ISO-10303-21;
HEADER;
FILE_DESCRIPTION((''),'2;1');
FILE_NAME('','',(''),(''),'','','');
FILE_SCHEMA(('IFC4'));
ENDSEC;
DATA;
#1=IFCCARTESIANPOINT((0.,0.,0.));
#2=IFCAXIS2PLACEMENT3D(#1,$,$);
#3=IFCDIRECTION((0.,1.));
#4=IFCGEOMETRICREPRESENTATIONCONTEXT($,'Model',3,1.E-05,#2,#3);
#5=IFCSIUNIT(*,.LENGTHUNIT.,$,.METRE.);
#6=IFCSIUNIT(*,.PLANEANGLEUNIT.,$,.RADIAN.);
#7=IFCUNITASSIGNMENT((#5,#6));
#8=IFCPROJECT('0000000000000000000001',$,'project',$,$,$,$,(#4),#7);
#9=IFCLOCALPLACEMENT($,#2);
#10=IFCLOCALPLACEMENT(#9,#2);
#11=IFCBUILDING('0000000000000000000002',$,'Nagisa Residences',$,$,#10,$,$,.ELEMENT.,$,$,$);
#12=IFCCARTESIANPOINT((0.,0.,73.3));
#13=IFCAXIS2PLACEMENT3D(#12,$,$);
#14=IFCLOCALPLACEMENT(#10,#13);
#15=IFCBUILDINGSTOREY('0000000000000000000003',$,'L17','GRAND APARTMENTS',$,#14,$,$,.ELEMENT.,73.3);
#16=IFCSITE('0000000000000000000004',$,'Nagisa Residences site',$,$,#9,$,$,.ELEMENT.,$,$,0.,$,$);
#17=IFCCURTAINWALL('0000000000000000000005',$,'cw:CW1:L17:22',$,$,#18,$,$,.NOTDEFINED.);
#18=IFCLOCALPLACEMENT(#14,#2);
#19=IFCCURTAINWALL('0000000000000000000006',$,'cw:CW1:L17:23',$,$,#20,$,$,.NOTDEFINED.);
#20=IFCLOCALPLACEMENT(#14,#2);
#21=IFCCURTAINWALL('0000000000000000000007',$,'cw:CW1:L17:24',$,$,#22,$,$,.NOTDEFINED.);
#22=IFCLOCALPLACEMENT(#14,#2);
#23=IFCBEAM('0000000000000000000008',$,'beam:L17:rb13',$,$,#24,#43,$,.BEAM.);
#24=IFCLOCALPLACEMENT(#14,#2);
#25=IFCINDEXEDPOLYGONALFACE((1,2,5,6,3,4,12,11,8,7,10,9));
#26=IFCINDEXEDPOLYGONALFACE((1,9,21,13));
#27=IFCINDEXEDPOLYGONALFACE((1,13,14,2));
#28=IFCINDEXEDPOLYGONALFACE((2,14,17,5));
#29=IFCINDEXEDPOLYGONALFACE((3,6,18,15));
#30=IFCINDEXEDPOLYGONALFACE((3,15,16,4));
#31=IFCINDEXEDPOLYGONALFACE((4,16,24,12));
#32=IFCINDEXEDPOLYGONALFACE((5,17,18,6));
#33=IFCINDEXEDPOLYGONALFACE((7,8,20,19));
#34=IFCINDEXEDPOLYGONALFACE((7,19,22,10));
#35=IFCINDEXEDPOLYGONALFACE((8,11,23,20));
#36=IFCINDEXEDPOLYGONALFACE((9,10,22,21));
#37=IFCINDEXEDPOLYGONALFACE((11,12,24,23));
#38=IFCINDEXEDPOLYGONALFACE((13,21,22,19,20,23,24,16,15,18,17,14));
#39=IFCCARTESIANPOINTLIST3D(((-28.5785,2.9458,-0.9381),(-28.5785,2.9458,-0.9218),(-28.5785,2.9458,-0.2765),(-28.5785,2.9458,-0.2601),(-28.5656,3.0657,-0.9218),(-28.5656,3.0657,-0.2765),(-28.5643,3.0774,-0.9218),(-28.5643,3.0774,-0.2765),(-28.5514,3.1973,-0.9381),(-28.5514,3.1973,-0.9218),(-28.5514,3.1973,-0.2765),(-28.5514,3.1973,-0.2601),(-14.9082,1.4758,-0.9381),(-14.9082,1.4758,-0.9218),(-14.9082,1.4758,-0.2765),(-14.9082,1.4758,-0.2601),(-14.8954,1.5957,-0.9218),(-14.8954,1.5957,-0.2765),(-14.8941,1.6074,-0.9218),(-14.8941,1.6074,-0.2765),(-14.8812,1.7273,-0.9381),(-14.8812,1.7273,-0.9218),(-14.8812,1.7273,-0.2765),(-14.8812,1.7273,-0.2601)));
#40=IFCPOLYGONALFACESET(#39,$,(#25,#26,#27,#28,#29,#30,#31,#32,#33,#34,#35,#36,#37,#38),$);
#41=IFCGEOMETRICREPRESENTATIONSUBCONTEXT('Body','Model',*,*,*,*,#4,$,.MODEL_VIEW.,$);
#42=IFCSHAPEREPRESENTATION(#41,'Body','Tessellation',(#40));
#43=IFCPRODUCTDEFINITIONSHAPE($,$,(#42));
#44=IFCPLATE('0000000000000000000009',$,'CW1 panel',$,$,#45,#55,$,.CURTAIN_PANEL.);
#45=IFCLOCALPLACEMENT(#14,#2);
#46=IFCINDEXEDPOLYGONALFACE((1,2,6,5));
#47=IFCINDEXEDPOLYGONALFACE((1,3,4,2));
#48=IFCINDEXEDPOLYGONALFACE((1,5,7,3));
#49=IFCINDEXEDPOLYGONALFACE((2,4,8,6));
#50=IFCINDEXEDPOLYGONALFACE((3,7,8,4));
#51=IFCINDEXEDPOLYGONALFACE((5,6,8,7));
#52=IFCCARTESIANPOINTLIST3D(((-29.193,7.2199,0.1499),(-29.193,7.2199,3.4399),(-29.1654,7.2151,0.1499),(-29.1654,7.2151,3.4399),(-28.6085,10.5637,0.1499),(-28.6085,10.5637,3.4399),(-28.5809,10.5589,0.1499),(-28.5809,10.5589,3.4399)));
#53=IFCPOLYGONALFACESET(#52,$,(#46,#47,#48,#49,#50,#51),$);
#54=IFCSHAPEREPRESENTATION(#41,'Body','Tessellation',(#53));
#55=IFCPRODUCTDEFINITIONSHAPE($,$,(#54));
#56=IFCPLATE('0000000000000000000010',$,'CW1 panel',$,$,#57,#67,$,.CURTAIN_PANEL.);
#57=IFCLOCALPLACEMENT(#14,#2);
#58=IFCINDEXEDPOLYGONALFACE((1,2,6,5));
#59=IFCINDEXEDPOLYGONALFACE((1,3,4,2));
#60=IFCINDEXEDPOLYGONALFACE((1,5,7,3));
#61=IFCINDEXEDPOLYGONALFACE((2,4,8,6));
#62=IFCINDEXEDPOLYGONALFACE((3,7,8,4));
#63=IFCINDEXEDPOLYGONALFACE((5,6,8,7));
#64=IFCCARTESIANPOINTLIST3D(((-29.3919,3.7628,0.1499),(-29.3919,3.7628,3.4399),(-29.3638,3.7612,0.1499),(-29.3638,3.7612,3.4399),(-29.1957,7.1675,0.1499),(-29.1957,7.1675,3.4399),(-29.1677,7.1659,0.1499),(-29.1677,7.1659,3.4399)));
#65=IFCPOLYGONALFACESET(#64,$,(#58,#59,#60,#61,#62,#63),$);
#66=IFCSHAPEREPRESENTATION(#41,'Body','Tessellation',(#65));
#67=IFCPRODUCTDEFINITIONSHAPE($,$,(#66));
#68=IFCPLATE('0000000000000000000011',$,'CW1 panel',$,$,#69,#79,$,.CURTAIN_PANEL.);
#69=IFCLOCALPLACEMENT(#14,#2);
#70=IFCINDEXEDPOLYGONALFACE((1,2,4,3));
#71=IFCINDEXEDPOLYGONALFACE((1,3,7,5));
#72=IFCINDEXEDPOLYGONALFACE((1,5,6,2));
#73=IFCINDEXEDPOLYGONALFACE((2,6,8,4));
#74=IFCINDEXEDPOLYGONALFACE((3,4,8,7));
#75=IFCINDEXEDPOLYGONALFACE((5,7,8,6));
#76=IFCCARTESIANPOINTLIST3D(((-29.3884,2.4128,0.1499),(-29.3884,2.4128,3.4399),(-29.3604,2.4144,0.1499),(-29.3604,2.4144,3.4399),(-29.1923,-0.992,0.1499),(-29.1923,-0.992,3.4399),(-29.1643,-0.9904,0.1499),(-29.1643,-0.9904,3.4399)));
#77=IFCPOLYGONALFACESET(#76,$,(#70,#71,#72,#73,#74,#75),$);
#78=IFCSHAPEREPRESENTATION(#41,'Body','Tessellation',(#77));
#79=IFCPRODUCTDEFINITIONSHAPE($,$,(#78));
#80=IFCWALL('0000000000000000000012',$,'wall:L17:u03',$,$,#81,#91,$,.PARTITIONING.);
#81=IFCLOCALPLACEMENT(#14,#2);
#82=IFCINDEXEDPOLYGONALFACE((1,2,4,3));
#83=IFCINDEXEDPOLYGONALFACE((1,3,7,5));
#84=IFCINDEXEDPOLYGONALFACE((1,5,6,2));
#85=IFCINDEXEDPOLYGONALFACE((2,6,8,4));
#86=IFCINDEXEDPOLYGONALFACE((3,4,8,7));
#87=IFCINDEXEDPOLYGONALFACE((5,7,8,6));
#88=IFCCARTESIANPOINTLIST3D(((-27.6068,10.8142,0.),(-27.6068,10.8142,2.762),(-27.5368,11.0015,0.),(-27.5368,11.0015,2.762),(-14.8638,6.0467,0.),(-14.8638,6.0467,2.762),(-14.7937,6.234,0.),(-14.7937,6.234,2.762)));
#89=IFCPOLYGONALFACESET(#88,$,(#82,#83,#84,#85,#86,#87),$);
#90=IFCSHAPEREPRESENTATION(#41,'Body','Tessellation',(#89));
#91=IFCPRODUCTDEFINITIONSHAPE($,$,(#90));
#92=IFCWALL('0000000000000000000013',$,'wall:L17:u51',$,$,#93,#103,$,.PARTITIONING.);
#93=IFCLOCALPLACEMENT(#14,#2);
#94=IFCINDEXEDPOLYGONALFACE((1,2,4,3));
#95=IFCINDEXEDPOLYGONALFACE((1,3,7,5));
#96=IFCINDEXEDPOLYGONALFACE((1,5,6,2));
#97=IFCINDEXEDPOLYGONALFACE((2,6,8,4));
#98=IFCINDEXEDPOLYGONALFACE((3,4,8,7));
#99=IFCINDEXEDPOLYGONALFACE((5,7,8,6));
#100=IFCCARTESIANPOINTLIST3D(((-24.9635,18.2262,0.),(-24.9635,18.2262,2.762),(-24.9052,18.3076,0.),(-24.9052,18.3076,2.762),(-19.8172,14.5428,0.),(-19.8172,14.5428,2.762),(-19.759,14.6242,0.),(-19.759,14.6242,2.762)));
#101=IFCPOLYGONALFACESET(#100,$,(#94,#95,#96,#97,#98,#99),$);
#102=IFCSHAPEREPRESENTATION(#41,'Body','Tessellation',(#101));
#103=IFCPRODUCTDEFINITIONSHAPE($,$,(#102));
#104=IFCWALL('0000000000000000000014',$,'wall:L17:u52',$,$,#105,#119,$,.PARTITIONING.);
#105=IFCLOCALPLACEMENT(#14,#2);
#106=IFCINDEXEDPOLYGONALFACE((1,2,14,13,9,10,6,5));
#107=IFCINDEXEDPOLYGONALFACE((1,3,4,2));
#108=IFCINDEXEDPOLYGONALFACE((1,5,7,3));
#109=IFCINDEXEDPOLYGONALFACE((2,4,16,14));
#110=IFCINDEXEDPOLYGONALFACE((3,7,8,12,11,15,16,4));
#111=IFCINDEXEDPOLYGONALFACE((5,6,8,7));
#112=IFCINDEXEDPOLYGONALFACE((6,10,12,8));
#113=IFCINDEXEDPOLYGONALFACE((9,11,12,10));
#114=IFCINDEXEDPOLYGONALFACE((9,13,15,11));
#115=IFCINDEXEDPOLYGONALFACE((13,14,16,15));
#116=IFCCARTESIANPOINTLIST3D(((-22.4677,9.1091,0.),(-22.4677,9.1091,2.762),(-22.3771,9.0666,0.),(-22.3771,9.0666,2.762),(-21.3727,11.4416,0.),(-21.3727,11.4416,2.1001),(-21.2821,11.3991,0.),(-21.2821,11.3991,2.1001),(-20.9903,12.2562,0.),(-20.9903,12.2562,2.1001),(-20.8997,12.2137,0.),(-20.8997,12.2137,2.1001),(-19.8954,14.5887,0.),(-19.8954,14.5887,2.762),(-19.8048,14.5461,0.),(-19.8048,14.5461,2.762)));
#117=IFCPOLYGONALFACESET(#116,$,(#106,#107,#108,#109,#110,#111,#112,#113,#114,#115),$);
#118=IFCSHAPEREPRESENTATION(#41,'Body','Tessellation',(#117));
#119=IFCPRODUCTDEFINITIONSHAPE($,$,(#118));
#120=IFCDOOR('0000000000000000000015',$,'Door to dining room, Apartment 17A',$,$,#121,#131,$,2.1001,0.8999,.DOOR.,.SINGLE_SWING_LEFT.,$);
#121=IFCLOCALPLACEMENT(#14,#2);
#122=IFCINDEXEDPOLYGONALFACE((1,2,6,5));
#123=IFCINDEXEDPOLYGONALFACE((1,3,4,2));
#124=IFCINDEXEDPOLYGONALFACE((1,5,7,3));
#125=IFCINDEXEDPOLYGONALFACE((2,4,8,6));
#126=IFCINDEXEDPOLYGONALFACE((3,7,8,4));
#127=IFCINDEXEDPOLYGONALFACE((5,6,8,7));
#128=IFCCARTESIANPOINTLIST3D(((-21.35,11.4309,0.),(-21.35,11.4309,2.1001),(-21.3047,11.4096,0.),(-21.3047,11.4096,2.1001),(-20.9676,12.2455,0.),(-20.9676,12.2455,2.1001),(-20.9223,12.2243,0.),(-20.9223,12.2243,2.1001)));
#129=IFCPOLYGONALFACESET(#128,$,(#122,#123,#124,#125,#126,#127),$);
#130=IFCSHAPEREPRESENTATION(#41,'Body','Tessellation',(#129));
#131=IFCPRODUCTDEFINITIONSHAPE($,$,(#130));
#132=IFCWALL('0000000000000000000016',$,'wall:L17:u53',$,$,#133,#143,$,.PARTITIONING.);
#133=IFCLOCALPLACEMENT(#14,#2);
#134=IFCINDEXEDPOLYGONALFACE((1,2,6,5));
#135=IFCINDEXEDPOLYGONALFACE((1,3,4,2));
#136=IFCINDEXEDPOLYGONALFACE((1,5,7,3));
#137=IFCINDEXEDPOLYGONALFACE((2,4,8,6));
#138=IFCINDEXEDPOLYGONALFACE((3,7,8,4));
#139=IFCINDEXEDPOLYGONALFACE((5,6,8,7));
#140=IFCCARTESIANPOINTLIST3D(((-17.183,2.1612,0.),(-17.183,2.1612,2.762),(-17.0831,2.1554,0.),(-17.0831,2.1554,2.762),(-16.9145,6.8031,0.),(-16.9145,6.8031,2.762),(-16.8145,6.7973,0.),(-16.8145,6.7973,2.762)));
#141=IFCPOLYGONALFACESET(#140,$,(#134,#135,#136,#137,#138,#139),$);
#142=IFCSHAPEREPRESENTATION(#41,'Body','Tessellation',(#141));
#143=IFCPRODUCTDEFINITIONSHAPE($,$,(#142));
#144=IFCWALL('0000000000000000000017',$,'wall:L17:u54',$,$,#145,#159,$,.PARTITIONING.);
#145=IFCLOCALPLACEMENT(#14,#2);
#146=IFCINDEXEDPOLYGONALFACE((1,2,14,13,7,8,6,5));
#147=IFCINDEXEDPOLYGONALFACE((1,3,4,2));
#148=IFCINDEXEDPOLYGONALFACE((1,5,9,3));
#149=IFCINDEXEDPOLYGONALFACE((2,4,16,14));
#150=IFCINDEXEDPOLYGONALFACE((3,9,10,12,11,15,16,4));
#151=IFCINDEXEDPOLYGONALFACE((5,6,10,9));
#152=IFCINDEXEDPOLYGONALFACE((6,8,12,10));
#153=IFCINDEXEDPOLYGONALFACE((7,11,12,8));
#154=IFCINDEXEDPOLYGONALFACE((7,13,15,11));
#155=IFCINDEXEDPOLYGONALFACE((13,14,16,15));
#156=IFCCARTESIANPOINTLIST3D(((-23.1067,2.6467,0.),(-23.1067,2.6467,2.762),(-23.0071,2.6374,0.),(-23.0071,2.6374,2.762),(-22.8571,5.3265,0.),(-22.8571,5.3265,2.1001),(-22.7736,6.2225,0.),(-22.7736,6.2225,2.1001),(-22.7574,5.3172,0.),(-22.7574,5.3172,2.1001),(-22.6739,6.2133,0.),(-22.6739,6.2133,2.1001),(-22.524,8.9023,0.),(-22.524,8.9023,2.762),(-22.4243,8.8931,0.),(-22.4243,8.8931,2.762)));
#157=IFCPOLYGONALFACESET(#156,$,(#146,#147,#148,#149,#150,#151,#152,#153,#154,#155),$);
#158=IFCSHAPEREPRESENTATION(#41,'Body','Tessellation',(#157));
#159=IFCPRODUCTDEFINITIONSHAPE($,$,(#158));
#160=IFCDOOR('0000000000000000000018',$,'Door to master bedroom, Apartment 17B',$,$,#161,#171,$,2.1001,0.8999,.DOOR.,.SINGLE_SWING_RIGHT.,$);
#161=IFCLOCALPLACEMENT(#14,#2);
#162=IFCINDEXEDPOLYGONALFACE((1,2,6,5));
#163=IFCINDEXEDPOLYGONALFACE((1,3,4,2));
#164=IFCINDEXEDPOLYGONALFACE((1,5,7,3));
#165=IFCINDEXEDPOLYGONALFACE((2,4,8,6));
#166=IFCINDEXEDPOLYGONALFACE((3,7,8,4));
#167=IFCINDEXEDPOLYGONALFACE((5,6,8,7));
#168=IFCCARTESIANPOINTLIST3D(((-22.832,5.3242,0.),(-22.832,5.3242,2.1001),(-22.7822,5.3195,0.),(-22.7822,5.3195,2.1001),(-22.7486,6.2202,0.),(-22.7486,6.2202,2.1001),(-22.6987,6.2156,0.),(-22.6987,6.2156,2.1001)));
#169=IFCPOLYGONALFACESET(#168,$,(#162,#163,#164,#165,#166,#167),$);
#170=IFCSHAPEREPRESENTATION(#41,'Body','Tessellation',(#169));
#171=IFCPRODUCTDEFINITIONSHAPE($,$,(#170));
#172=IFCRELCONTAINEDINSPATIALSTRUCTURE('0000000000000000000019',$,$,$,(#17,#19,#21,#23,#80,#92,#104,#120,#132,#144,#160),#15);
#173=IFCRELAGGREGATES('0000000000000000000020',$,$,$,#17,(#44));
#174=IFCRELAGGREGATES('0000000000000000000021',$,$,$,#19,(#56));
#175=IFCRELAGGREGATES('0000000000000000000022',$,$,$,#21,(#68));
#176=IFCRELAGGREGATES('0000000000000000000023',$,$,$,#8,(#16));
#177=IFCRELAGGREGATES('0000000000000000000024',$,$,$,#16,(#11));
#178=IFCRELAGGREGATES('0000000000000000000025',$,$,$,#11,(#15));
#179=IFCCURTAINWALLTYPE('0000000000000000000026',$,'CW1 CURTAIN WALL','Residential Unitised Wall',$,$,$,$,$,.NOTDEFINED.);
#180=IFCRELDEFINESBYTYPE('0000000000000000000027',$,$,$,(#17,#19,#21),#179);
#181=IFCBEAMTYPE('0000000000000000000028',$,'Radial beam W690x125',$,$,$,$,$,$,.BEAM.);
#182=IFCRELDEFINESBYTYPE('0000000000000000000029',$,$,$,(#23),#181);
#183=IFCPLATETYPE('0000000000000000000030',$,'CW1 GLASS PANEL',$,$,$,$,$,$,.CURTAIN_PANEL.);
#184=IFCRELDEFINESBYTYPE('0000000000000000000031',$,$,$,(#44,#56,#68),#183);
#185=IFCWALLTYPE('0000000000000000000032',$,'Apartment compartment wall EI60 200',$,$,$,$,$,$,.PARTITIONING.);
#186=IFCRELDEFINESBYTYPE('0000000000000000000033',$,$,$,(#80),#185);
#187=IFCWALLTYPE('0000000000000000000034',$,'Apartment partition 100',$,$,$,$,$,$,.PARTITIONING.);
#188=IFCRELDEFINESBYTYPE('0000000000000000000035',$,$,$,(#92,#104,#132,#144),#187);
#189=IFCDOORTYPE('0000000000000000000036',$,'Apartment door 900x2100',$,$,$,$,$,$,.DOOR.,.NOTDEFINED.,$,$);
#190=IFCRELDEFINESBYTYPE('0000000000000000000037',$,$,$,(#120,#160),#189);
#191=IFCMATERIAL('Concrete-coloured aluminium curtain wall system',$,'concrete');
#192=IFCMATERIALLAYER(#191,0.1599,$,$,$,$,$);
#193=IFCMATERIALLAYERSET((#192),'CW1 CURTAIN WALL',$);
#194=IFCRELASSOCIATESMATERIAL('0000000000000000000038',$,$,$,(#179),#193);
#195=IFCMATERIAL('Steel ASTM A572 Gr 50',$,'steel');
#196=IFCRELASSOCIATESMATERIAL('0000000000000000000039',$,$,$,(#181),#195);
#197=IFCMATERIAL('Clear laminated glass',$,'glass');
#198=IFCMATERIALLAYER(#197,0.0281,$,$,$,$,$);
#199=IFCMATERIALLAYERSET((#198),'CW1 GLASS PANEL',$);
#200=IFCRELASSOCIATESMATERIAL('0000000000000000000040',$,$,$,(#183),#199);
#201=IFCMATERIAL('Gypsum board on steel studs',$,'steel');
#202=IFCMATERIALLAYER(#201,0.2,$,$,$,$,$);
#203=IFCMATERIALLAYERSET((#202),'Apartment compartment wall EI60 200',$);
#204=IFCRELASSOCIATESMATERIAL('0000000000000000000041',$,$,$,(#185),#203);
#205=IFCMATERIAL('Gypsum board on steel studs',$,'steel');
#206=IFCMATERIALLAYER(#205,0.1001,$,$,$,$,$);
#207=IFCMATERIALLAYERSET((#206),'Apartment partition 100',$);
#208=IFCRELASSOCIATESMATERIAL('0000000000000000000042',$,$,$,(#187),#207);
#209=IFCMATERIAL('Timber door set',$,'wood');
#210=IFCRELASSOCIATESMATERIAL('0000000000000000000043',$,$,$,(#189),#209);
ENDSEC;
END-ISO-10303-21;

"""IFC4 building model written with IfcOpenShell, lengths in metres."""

from ifc_helpers import new_model, si_unit, direction, frame, frame_2d, origin, origin_2d, place, context, subcontext, project, spatial, rectangle, i_section, extrude, material, layer, layer_set, material_profile, profile_set, type_object, element, fill, aggregate, save


model = new_model("IFC4")

# Units and contexts
model_context = context("Model", 3, precision=1e-05, world=origin(), true_north=direction((0.0, 1.0)))
body_context = subcontext(model_context, "Body", "Model", "MODEL_VIEW")
ifc_project = project(units=[si_unit("LENGTHUNIT", "METRE"), si_unit("PLANEANGLEUNIT", "RADIAN")], contexts=[model_context])

# Site, building, storey
site_placement = place(None, origin())
site = spatial("IfcSite", under=ifc_project, at=site_placement, Name="Nagisa Residences site", CompositionType="ELEMENT", RefElevation=0.0)
building_placement = place(site_placement, origin())
building = spatial("IfcBuilding", under=site, at=building_placement, Name="Nagisa Residences", CompositionType="ELEMENT")
storey_placement = place(building_placement, frame((0.0, 0.0, 73.3)))
storey = spatial("IfcBuildingStorey", under=building, at=storey_placement, Name="L17", Description="GRAND APARTMENTS", CompositionType="ELEMENT", Elevation=73.3)

# Curtain walls
ifc_material_1 = material(Name="Concrete-coloured aluminium curtain wall system", Category="concrete")
ifc_layer_1 = layer(ifc_material_1, 0.1599)
ifc_layer_set_1 = layer_set([ifc_layer_1], Name="CW1 CURTAIN WALL")
curtain_wall_type = type_object("IfcCurtainWallType", Name="CW1 CURTAIN WALL", Description="Residential Unitised Wall", PredefinedType="NOTDEFINED", material=ifc_layer_set_1)
curtain_wall_1_placement = place(storey_placement, origin())
curtain_wall_1 = element("IfcCurtainWall", 1, at=curtain_wall_1_placement, inside=storey, type_object=curtain_wall_type, Name="cw:CW1:L17:22", PredefinedType="NOTDEFINED")
curtain_wall_2_placement = place(storey_placement, origin())
curtain_wall_2 = element("IfcCurtainWall", 2, at=curtain_wall_2_placement, inside=storey, type_object=curtain_wall_type, Name="cw:CW1:L17:23", PredefinedType="NOTDEFINED")
curtain_wall_3_placement = place(storey_placement, origin())
curtain_wall_3 = element("IfcCurtainWall", 3, at=curtain_wall_3_placement, inside=storey, type_object=curtain_wall_type, Name="cw:CW1:L17:24", PredefinedType="NOTDEFINED")

# Beam
ifc_material_2 = material(Name="Steel ASTM A572 Gr 50", Category="steel")
ifc_material_profile_1 = material_profile(ifc_material_2, i_section(OverallWidth=0.2529, OverallDepth=0.678, WebThickness=0.0117, FlangeThickness=0.0164, at=origin_2d()), Name="W690x125")
ifc_profile_set_1 = profile_set([ifc_material_profile_1], Name="Steel ASTM A572 Gr 50")
beam_type_1 = type_object("IfcBeamType", Name="Radial beam W690x125", PredefinedType="BEAM", material=ifc_profile_set_1)
beam_1_placement = place(storey_placement, frame((-28.5649, 3.0715, -0.5991), z_axis=(0.994268, -0.106915, 0.0), x_axis=(0.106915, 0.994268, 0.0)))
element("IfcBeam", 4, at=beam_1_placement, inside=storey, type_object=beam_type_1, Name="beam:L17:rb13", PredefinedType="BEAM", context=body_context, shape_type="SweptSolid", body=[
    extrude(i_section(OverallWidth=0.2529, OverallDepth=0.678, WebThickness=0.0117, FlangeThickness=0.0164, at=origin_2d()), origin(), (0.0, 0.0, 1.0), 13.749),
])

# Plates
ifc_material_3 = material(Name="Clear laminated glass", Category="glass")
ifc_layer_2 = layer(ifc_material_3, 0.0281)
ifc_layer_set_2 = layer_set([ifc_layer_2], Name="CW1 GLASS PANEL")
plate_type = type_object("IfcPlateType", Name="CW1 GLASS PANEL", PredefinedType="CURTAIN_PANEL", material=ifc_layer_set_2)
plate_1_placement = place(storey_placement, frame((-28.887, 8.8894, 0.1499), z_axis=(0.0, 0.0, 1.0), x_axis=(-0.172191, -0.985064, 0.0)))
plate_1 = element("IfcPlate", 5, at=plate_1_placement, type_object=plate_type, Name="CW1 panel", PredefinedType="CURTAIN_PANEL", context=body_context, shape_type="SweptSolid", body=[
    extrude(rectangle(XDim=3.3945, YDim=0.0281, at=origin_2d()), origin(), (0.0, 0.0, 1.0), 3.29),
])
aggregate(curtain_wall_1, [plate_1])
plate_2_placement = place(storey_placement, frame((-29.2798, 5.4644, 0.1499), z_axis=(0.0, 0.0, 1.0), x_axis=(-0.057503, -0.998345, 0.0)))
plate_2 = element("IfcPlate", 6, at=plate_2_placement, type_object=plate_type, Name="CW1 panel", PredefinedType="CURTAIN_PANEL", context=body_context, shape_type="SweptSolid", body=[
    extrude(rectangle(XDim=3.4104, YDim=0.0281, at=origin_2d()), origin(), (0.0, 0.0, 1.0), 3.29),
])
aggregate(curtain_wall_2, [plate_2])
plate_3_placement = place(storey_placement, frame((-29.2764, 0.7112, 0.1499), z_axis=(0.0, 0.0, 1.0), x_axis=(0.057503, -0.998345, 0.0)))
plate_3 = element("IfcPlate", 7, at=plate_3_placement, type_object=plate_type, Name="CW1 panel", PredefinedType="CURTAIN_PANEL", context=body_context, shape_type="SweptSolid", body=[
    extrude(rectangle(XDim=3.4104, YDim=0.0281, at=origin_2d()), origin(), (0.0, 0.0, 1.0), 3.29),
])
aggregate(curtain_wall_3, [plate_3])

# Walls
ifc_material_4 = material(Name="Gypsum board on steel studs", Category="steel")
ifc_layer_3 = layer(ifc_material_4, 0.2)
ifc_layer_set_3 = layer_set([ifc_layer_3], Name="Apartment compartment wall EI60 200")
wall_type_1 = type_object("IfcWallType", Name="Apartment compartment wall EI60 200", PredefinedType="PARTITIONING", material=ifc_layer_set_3)
wall_1_placement = place(storey_placement, frame((-14.8289, 6.1404, 0.0), z_axis=(0.0, 0.0, 1.0), x_axis=(-0.936597, 0.350408, 0.0)))
element("IfcWall", 8, at=wall_1_placement, inside=storey, type_object=wall_type_1, Name="wall:L17:u03", PredefinedType="PARTITIONING", context=body_context, shape_type="SweptSolid", body=[
    extrude(rectangle(XDim=13.6057, YDim=0.2, at=frame_2d((6.8027, 0.0))), origin(), (0.0, 0.0, 1.0), 2.762),
])
ifc_material_5 = material(Name="Gypsum board on steel studs", Category="steel")
ifc_layer_4 = layer(ifc_material_5, 0.1001)
ifc_layer_set_4 = layer_set([ifc_layer_4], Name="Apartment partition 100")
wall_type_2 = type_object("IfcWallType", Name="Apartment partition 100", PredefinedType="PARTITIONING", material=ifc_layer_set_4)
wall_2_placement = place(storey_placement, frame((-19.7881, 14.5835, 0.0), z_axis=(0.0, 0.0, 1.0), x_axis=(-0.813175, 0.582019, 0.0)))
element("IfcWall", 9, at=wall_2_placement, inside=storey, type_object=wall_type_2, Name="wall:L17:u51", PredefinedType="PARTITIONING", context=body_context, shape_type="SweptSolid", body=[
    extrude(rectangle(XDim=6.3286, YDim=0.1001, at=frame_2d((3.1643, 0.0))), origin(), (0.0, 0.0, 1.0), 2.762),
])

# Wall, opening, door
wall_3_placement = place(storey_placement, frame((-19.8501, 14.5674, 0.0), z_axis=(0.0, 0.0, 1.0), x_axis=(-0.424942, -0.90522, 0.0)))
wall_3 = element("IfcWall", 10, at=wall_3_placement, inside=storey, type_object=wall_type_2, Name="wall:L17:u52", PredefinedType="PARTITIONING", context=body_context, shape_type="SweptSolid", body=[
    extrude(rectangle(XDim=6.0532, YDim=0.1001, at=frame_2d((3.0266, 0.0))), origin(), (0.0, 0.0, 1.0), 2.762),
])
opening_1_placement = place(wall_3_placement, frame((2.5767, 0.0, 0.0)))
opening_1 = element("IfcOpeningElement", 11, at=opening_1_placement, cuts=wall_3, PredefinedType="OPENING", context=body_context, shape_type="SweptSolid", body=[
    extrude(rectangle(XDim=0.8999, YDim=2.1001, at=frame_2d((0.45, 1.05))), frame((0.0, 0.0601, 0.0), z_axis=(0.0, -1.0, 0.0), x_axis=(1.0, 0.0, 0.0)), (0.0, 0.0, 1.0), 0.1201),
])
ifc_material_6 = material(Name="Timber door set", Category="wood")
door_type_1 = type_object("IfcDoorType", Name="Apartment door 900x2100", OperationType="NOTDEFINED", PredefinedType="DOOR", material=ifc_material_6)
door_1_placement = place(opening_1_placement, frame((0.8999, 0.0, 0.0), x_axis=(-1.0, 0.0, 0.0)))
door_1 = element("IfcDoor", 12, at=door_1_placement, inside=storey, type_object=door_type_1, Name="Door to dining room, Apartment 17A", OperationType="SINGLE_SWING_LEFT", OverallHeight=2.1001, OverallWidth=0.8999, PredefinedType="DOOR", context=body_context, shape_type="SweptSolid", body=[
    extrude(rectangle(XDim=0.8999, YDim=2.1001, at=frame_2d((0.45, 1.05))), frame((0.0, 0.0249, 0.0), z_axis=(0.0, -1.0, 0.0), x_axis=(1.0, 0.0, 0.0)), (0.0, 0.0, 1.0), 0.05),
])
fill(opening_1, door_1)

# Wall
wall_4_placement = place(storey_placement, frame((-16.8645, 6.8, 0.0), z_axis=(0.0, 0.0, 1.0), x_axis=(-0.057759, -0.998331, 0.0)))
element("IfcWall", 13, at=wall_4_placement, inside=storey, type_object=wall_type_2, Name="wall:L17:u53", PredefinedType="PARTITIONING", context=body_context, shape_type="SweptSolid", body=[
    extrude(rectangle(XDim=4.6497, YDim=0.1001, at=frame_2d((2.3247, 0.0))), origin(), (0.0, 0.0, 1.0), 2.762),
])

# Wall, opening, door
wall_5_placement = place(storey_placement, frame((-22.4741, 8.8977, 0.0), z_axis=(0.0, 0.0, 1.0), x_axis=(-0.092757, -0.995689, 0.0)))
wall_5 = element("IfcWall", 14, at=wall_5_placement, inside=storey, type_object=wall_type_2, Name="wall:L17:u54", PredefinedType="PARTITIONING", context=body_context, shape_type="SweptSolid", body=[
    extrude(rectangle(XDim=6.2827, YDim=0.1001, at=frame_2d((3.1414, 0.0))), origin(), (0.0, 0.0, 1.0), 2.762),
])
opening_2_placement = place(wall_5_placement, frame((2.6914, 0.0, 0.0)))
opening_2 = element("IfcOpeningElement", 15, at=opening_2_placement, cuts=wall_5, PredefinedType="OPENING", context=body_context, shape_type="SweptSolid", body=[
    extrude(rectangle(XDim=0.8999, YDim=2.1001, at=frame_2d((0.45, 1.05))), frame((0.0, 0.0601, 0.0), z_axis=(0.0, -1.0, 0.0), x_axis=(1.0, 0.0, 0.0)), (0.0, 0.0, 1.0), 0.1201),
])
door_2_placement = place(opening_2_placement, frame((0.8999, 0.0, 0.0), x_axis=(-1.0, 0.0, 0.0)))
door_2 = element("IfcDoor", 16, at=door_2_placement, inside=storey, type_object=door_type_1, Name="Door to master bedroom, Apartment 17B", OperationType="SINGLE_SWING_RIGHT", OverallHeight=2.1001, OverallWidth=0.8999, PredefinedType="DOOR", context=body_context, shape_type="SweptSolid", body=[
    extrude(rectangle(XDim=0.8999, YDim=2.1001, at=frame_2d((0.45, 1.05))), frame((0.0, 0.0249, 0.0), z_axis=(0.0, -1.0, 0.0), x_axis=(1.0, 0.0, 0.0)), (0.0, 0.0, 1.0), 0.05),
])
fill(opening_2, door_2)

save(model, "model.ifc")
